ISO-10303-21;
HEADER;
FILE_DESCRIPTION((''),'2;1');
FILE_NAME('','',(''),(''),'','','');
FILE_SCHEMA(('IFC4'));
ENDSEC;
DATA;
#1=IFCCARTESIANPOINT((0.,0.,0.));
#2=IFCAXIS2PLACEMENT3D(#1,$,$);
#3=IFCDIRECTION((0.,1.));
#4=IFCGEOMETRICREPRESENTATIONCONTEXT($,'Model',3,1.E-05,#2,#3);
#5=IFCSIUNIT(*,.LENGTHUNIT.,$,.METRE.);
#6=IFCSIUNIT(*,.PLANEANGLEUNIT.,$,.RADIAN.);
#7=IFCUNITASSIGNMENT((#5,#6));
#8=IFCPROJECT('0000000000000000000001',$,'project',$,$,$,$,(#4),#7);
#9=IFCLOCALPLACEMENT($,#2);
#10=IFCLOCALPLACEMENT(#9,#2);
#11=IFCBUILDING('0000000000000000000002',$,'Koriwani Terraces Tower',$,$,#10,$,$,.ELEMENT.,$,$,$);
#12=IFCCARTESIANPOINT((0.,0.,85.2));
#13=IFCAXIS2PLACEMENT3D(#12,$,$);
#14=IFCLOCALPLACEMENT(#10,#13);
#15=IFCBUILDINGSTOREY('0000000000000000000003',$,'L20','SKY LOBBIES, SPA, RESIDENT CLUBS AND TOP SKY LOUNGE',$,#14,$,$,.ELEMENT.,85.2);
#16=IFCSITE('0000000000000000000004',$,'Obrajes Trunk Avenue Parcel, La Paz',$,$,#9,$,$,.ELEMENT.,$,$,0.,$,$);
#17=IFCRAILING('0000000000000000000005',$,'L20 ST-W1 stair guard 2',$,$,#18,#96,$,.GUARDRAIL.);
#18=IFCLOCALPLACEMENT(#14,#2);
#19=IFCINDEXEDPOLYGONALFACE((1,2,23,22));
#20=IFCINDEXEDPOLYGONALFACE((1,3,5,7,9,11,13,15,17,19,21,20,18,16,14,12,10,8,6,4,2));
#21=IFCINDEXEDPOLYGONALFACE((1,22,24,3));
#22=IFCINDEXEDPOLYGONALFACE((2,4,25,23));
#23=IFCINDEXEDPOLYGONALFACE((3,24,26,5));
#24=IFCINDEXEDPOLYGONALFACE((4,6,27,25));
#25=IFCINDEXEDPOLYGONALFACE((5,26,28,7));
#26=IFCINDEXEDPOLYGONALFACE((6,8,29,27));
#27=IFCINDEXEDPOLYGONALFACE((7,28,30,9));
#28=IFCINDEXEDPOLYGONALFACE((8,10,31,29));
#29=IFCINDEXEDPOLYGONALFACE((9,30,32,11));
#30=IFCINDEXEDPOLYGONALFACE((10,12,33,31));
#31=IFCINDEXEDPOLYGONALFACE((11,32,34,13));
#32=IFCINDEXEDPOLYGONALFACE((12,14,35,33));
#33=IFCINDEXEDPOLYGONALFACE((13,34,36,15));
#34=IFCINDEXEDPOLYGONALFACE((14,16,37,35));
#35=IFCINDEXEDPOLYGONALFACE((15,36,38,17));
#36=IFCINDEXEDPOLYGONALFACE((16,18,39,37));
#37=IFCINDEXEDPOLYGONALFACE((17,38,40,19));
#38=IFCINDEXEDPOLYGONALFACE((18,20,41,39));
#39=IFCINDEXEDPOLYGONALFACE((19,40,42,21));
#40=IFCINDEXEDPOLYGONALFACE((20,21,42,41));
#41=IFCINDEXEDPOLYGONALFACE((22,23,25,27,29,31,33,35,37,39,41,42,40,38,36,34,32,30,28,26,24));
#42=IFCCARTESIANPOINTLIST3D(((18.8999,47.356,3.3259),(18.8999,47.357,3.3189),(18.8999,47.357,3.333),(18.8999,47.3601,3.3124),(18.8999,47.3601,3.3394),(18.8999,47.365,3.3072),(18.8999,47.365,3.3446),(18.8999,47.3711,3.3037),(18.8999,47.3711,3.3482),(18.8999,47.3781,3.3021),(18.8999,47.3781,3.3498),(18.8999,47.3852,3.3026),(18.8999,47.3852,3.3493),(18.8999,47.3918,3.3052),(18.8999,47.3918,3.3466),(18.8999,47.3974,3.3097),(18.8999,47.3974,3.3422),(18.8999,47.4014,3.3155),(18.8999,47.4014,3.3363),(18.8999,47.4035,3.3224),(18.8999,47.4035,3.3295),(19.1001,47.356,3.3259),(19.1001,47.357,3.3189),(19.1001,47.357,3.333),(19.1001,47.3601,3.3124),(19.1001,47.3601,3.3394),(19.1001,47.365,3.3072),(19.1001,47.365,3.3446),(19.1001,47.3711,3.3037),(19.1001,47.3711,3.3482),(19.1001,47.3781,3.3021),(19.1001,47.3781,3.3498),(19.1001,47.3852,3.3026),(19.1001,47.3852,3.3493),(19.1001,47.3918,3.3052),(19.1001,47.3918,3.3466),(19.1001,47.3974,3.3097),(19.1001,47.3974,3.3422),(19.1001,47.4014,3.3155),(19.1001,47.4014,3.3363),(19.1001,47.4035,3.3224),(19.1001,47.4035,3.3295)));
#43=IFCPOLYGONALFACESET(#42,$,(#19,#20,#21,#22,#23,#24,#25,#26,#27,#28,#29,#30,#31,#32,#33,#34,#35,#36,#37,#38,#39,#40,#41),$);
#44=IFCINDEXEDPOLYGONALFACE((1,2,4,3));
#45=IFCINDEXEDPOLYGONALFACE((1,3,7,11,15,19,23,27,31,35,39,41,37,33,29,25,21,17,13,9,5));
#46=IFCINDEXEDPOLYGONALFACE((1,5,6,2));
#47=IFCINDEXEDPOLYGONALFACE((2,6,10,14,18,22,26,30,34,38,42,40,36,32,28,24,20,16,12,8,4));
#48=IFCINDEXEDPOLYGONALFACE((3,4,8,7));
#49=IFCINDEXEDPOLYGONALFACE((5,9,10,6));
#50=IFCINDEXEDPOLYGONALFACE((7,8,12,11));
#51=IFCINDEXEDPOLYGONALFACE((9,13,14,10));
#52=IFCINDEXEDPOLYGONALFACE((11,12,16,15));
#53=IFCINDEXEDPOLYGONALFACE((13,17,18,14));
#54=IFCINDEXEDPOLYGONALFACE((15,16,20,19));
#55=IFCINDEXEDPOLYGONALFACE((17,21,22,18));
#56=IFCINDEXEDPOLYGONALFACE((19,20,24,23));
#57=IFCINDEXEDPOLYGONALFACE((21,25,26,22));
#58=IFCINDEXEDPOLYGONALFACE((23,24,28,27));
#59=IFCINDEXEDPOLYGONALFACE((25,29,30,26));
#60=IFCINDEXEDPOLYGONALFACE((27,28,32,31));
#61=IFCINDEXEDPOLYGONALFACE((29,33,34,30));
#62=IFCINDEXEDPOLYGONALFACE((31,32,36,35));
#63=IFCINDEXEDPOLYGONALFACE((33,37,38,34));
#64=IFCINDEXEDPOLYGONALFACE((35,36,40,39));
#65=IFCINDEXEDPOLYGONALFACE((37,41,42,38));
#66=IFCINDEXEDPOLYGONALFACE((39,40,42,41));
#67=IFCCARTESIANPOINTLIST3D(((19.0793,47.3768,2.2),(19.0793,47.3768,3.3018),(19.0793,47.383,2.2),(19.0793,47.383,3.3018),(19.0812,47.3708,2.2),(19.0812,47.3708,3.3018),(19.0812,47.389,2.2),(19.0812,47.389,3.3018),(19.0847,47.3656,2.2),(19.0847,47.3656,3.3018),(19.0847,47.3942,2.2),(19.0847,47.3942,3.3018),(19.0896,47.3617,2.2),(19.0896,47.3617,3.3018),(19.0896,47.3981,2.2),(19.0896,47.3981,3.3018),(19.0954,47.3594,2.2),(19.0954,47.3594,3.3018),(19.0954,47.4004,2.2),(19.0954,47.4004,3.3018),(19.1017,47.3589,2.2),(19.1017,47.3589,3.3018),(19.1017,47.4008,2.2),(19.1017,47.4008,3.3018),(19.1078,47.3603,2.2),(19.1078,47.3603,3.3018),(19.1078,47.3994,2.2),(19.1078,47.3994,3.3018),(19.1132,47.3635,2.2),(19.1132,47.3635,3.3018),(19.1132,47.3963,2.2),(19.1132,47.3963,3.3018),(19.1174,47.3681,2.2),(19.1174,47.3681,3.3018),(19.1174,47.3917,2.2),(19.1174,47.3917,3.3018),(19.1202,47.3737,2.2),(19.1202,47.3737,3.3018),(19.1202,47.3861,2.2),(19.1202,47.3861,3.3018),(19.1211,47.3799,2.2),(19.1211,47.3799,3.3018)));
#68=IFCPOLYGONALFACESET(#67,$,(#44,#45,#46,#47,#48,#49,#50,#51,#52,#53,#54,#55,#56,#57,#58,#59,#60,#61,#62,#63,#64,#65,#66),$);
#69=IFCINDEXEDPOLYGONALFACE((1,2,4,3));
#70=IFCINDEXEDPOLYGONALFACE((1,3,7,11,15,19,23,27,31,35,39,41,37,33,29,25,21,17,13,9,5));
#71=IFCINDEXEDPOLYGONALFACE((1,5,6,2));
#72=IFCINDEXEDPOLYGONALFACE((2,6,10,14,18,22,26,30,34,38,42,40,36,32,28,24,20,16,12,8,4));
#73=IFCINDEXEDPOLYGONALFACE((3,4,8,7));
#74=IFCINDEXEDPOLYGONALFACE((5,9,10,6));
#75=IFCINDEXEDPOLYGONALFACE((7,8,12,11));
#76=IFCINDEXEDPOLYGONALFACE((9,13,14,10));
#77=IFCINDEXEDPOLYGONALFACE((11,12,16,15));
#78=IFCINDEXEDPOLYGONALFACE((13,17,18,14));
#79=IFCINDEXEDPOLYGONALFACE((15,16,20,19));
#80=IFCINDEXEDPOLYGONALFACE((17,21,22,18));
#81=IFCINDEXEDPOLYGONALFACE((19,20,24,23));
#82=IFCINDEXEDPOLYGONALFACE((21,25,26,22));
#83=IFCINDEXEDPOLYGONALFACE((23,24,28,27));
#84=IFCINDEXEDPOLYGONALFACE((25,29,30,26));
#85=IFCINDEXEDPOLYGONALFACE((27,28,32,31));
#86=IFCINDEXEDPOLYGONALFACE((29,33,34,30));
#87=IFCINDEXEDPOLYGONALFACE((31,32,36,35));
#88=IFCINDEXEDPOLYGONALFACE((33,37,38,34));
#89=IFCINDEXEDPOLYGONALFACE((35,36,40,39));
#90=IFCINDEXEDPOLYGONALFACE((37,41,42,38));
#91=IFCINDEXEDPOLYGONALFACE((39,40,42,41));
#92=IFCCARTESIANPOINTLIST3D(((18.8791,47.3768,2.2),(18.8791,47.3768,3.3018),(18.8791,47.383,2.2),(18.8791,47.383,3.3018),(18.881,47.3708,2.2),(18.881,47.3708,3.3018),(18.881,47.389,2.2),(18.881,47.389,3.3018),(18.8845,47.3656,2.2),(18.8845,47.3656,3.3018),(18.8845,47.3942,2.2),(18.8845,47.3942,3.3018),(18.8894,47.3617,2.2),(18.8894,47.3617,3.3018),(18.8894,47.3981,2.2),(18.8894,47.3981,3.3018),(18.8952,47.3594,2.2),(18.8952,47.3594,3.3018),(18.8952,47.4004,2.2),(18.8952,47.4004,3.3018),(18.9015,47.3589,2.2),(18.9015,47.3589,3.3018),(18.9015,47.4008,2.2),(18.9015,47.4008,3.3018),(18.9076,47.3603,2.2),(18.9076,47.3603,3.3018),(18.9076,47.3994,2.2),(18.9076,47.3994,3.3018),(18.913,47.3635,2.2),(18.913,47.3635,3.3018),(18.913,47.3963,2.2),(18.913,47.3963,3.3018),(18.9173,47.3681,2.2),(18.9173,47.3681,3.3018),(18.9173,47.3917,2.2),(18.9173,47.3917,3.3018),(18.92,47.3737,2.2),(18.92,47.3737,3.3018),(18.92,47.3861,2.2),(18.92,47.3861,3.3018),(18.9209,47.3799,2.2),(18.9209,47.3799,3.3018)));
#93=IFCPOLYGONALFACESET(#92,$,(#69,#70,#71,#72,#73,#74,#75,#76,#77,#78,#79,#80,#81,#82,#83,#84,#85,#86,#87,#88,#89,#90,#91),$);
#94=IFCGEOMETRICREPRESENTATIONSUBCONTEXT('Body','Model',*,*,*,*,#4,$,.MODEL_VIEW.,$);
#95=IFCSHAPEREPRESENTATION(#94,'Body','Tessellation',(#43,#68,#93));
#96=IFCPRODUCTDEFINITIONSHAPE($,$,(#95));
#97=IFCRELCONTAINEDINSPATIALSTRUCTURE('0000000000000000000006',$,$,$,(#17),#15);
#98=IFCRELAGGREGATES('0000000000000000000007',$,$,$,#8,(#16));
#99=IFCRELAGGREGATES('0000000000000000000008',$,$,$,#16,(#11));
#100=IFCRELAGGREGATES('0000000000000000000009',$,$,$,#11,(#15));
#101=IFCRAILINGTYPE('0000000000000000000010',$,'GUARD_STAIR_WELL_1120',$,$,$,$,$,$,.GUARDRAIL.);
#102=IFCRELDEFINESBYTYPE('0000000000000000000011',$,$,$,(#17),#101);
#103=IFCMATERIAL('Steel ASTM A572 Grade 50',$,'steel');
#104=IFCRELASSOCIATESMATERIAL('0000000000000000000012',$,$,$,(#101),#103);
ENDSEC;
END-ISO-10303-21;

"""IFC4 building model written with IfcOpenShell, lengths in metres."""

from ifc_helpers import new_model, si_unit, direction, frame, origin, origin_2d, place, context, subcontext, project, spatial, circle, extrude, material, type_object, element, save


model = new_model("IFC4")

# Units and contexts
model_context = context("Model", 3, precision=1e-05, world=origin(), true_north=direction((0.0, 1.0)))
body_context = subcontext(model_context, "Body", "Model", "MODEL_VIEW")
ifc_project = project(units=[si_unit("LENGTHUNIT", "METRE"), si_unit("PLANEANGLEUNIT", "RADIAN")], contexts=[model_context])

# Site, building, storey
site_placement = place(None, origin())
site = spatial("IfcSite", under=ifc_project, at=site_placement, Name="Obrajes Trunk Avenue Parcel, La Paz", CompositionType="ELEMENT", RefElevation=0.0)
building_placement = place(site_placement, origin())
building = spatial("IfcBuilding", under=site, at=building_placement, Name="Koriwani Terraces Tower", CompositionType="ELEMENT")
storey_placement = place(building_placement, frame((0.0, 0.0, 85.2)))
storey = spatial("IfcBuildingStorey", under=building, at=storey_placement, Name="L20", Description="SKY LOBBIES, SPA, RESIDENT CLUBS AND TOP SKY LOUNGE", CompositionType="ELEMENT", Elevation=85.2)

# Shared definitions
ifc_material_1 = material(Name="Steel ASTM A572 Grade 50", Category="steel")

# Railing
railing_type_1 = type_object("IfcRailingType", Name="GUARD_STAIR_WELL_1120", PredefinedType="GUARDRAIL", material=ifc_material_1)
railing_1_placement = place(storey_placement, frame((19.1001, 47.3799, 2.2)))
element("IfcRailing", 1, at=railing_1_placement, inside=storey, type_object=railing_type_1, Name="L20 ST-W1 stair guard 2", PredefinedType="GUARDRAIL", context=body_context, shape_type="SweptSolid", body=[
    extrude(circle(Radius=0.0239, at=origin_2d()), frame((0.0, 0.0, 1.126), z_axis=(-1.0, 0.0, 0.0), x_axis=(0.0, -1.0, 0.0)), (0.0, 0.0, 1.0), 0.2002),
    extrude(circle(Radius=0.021, at=origin_2d()), origin(), (0.0, 0.0, 1.0), 1.1018),
    extrude(circle(Radius=0.021, at=origin_2d()), frame((-0.2002, 0.0, 0.0)), (0.0, 0.0, 1.0), 1.1018),
])

save(model, "model.ifc")
